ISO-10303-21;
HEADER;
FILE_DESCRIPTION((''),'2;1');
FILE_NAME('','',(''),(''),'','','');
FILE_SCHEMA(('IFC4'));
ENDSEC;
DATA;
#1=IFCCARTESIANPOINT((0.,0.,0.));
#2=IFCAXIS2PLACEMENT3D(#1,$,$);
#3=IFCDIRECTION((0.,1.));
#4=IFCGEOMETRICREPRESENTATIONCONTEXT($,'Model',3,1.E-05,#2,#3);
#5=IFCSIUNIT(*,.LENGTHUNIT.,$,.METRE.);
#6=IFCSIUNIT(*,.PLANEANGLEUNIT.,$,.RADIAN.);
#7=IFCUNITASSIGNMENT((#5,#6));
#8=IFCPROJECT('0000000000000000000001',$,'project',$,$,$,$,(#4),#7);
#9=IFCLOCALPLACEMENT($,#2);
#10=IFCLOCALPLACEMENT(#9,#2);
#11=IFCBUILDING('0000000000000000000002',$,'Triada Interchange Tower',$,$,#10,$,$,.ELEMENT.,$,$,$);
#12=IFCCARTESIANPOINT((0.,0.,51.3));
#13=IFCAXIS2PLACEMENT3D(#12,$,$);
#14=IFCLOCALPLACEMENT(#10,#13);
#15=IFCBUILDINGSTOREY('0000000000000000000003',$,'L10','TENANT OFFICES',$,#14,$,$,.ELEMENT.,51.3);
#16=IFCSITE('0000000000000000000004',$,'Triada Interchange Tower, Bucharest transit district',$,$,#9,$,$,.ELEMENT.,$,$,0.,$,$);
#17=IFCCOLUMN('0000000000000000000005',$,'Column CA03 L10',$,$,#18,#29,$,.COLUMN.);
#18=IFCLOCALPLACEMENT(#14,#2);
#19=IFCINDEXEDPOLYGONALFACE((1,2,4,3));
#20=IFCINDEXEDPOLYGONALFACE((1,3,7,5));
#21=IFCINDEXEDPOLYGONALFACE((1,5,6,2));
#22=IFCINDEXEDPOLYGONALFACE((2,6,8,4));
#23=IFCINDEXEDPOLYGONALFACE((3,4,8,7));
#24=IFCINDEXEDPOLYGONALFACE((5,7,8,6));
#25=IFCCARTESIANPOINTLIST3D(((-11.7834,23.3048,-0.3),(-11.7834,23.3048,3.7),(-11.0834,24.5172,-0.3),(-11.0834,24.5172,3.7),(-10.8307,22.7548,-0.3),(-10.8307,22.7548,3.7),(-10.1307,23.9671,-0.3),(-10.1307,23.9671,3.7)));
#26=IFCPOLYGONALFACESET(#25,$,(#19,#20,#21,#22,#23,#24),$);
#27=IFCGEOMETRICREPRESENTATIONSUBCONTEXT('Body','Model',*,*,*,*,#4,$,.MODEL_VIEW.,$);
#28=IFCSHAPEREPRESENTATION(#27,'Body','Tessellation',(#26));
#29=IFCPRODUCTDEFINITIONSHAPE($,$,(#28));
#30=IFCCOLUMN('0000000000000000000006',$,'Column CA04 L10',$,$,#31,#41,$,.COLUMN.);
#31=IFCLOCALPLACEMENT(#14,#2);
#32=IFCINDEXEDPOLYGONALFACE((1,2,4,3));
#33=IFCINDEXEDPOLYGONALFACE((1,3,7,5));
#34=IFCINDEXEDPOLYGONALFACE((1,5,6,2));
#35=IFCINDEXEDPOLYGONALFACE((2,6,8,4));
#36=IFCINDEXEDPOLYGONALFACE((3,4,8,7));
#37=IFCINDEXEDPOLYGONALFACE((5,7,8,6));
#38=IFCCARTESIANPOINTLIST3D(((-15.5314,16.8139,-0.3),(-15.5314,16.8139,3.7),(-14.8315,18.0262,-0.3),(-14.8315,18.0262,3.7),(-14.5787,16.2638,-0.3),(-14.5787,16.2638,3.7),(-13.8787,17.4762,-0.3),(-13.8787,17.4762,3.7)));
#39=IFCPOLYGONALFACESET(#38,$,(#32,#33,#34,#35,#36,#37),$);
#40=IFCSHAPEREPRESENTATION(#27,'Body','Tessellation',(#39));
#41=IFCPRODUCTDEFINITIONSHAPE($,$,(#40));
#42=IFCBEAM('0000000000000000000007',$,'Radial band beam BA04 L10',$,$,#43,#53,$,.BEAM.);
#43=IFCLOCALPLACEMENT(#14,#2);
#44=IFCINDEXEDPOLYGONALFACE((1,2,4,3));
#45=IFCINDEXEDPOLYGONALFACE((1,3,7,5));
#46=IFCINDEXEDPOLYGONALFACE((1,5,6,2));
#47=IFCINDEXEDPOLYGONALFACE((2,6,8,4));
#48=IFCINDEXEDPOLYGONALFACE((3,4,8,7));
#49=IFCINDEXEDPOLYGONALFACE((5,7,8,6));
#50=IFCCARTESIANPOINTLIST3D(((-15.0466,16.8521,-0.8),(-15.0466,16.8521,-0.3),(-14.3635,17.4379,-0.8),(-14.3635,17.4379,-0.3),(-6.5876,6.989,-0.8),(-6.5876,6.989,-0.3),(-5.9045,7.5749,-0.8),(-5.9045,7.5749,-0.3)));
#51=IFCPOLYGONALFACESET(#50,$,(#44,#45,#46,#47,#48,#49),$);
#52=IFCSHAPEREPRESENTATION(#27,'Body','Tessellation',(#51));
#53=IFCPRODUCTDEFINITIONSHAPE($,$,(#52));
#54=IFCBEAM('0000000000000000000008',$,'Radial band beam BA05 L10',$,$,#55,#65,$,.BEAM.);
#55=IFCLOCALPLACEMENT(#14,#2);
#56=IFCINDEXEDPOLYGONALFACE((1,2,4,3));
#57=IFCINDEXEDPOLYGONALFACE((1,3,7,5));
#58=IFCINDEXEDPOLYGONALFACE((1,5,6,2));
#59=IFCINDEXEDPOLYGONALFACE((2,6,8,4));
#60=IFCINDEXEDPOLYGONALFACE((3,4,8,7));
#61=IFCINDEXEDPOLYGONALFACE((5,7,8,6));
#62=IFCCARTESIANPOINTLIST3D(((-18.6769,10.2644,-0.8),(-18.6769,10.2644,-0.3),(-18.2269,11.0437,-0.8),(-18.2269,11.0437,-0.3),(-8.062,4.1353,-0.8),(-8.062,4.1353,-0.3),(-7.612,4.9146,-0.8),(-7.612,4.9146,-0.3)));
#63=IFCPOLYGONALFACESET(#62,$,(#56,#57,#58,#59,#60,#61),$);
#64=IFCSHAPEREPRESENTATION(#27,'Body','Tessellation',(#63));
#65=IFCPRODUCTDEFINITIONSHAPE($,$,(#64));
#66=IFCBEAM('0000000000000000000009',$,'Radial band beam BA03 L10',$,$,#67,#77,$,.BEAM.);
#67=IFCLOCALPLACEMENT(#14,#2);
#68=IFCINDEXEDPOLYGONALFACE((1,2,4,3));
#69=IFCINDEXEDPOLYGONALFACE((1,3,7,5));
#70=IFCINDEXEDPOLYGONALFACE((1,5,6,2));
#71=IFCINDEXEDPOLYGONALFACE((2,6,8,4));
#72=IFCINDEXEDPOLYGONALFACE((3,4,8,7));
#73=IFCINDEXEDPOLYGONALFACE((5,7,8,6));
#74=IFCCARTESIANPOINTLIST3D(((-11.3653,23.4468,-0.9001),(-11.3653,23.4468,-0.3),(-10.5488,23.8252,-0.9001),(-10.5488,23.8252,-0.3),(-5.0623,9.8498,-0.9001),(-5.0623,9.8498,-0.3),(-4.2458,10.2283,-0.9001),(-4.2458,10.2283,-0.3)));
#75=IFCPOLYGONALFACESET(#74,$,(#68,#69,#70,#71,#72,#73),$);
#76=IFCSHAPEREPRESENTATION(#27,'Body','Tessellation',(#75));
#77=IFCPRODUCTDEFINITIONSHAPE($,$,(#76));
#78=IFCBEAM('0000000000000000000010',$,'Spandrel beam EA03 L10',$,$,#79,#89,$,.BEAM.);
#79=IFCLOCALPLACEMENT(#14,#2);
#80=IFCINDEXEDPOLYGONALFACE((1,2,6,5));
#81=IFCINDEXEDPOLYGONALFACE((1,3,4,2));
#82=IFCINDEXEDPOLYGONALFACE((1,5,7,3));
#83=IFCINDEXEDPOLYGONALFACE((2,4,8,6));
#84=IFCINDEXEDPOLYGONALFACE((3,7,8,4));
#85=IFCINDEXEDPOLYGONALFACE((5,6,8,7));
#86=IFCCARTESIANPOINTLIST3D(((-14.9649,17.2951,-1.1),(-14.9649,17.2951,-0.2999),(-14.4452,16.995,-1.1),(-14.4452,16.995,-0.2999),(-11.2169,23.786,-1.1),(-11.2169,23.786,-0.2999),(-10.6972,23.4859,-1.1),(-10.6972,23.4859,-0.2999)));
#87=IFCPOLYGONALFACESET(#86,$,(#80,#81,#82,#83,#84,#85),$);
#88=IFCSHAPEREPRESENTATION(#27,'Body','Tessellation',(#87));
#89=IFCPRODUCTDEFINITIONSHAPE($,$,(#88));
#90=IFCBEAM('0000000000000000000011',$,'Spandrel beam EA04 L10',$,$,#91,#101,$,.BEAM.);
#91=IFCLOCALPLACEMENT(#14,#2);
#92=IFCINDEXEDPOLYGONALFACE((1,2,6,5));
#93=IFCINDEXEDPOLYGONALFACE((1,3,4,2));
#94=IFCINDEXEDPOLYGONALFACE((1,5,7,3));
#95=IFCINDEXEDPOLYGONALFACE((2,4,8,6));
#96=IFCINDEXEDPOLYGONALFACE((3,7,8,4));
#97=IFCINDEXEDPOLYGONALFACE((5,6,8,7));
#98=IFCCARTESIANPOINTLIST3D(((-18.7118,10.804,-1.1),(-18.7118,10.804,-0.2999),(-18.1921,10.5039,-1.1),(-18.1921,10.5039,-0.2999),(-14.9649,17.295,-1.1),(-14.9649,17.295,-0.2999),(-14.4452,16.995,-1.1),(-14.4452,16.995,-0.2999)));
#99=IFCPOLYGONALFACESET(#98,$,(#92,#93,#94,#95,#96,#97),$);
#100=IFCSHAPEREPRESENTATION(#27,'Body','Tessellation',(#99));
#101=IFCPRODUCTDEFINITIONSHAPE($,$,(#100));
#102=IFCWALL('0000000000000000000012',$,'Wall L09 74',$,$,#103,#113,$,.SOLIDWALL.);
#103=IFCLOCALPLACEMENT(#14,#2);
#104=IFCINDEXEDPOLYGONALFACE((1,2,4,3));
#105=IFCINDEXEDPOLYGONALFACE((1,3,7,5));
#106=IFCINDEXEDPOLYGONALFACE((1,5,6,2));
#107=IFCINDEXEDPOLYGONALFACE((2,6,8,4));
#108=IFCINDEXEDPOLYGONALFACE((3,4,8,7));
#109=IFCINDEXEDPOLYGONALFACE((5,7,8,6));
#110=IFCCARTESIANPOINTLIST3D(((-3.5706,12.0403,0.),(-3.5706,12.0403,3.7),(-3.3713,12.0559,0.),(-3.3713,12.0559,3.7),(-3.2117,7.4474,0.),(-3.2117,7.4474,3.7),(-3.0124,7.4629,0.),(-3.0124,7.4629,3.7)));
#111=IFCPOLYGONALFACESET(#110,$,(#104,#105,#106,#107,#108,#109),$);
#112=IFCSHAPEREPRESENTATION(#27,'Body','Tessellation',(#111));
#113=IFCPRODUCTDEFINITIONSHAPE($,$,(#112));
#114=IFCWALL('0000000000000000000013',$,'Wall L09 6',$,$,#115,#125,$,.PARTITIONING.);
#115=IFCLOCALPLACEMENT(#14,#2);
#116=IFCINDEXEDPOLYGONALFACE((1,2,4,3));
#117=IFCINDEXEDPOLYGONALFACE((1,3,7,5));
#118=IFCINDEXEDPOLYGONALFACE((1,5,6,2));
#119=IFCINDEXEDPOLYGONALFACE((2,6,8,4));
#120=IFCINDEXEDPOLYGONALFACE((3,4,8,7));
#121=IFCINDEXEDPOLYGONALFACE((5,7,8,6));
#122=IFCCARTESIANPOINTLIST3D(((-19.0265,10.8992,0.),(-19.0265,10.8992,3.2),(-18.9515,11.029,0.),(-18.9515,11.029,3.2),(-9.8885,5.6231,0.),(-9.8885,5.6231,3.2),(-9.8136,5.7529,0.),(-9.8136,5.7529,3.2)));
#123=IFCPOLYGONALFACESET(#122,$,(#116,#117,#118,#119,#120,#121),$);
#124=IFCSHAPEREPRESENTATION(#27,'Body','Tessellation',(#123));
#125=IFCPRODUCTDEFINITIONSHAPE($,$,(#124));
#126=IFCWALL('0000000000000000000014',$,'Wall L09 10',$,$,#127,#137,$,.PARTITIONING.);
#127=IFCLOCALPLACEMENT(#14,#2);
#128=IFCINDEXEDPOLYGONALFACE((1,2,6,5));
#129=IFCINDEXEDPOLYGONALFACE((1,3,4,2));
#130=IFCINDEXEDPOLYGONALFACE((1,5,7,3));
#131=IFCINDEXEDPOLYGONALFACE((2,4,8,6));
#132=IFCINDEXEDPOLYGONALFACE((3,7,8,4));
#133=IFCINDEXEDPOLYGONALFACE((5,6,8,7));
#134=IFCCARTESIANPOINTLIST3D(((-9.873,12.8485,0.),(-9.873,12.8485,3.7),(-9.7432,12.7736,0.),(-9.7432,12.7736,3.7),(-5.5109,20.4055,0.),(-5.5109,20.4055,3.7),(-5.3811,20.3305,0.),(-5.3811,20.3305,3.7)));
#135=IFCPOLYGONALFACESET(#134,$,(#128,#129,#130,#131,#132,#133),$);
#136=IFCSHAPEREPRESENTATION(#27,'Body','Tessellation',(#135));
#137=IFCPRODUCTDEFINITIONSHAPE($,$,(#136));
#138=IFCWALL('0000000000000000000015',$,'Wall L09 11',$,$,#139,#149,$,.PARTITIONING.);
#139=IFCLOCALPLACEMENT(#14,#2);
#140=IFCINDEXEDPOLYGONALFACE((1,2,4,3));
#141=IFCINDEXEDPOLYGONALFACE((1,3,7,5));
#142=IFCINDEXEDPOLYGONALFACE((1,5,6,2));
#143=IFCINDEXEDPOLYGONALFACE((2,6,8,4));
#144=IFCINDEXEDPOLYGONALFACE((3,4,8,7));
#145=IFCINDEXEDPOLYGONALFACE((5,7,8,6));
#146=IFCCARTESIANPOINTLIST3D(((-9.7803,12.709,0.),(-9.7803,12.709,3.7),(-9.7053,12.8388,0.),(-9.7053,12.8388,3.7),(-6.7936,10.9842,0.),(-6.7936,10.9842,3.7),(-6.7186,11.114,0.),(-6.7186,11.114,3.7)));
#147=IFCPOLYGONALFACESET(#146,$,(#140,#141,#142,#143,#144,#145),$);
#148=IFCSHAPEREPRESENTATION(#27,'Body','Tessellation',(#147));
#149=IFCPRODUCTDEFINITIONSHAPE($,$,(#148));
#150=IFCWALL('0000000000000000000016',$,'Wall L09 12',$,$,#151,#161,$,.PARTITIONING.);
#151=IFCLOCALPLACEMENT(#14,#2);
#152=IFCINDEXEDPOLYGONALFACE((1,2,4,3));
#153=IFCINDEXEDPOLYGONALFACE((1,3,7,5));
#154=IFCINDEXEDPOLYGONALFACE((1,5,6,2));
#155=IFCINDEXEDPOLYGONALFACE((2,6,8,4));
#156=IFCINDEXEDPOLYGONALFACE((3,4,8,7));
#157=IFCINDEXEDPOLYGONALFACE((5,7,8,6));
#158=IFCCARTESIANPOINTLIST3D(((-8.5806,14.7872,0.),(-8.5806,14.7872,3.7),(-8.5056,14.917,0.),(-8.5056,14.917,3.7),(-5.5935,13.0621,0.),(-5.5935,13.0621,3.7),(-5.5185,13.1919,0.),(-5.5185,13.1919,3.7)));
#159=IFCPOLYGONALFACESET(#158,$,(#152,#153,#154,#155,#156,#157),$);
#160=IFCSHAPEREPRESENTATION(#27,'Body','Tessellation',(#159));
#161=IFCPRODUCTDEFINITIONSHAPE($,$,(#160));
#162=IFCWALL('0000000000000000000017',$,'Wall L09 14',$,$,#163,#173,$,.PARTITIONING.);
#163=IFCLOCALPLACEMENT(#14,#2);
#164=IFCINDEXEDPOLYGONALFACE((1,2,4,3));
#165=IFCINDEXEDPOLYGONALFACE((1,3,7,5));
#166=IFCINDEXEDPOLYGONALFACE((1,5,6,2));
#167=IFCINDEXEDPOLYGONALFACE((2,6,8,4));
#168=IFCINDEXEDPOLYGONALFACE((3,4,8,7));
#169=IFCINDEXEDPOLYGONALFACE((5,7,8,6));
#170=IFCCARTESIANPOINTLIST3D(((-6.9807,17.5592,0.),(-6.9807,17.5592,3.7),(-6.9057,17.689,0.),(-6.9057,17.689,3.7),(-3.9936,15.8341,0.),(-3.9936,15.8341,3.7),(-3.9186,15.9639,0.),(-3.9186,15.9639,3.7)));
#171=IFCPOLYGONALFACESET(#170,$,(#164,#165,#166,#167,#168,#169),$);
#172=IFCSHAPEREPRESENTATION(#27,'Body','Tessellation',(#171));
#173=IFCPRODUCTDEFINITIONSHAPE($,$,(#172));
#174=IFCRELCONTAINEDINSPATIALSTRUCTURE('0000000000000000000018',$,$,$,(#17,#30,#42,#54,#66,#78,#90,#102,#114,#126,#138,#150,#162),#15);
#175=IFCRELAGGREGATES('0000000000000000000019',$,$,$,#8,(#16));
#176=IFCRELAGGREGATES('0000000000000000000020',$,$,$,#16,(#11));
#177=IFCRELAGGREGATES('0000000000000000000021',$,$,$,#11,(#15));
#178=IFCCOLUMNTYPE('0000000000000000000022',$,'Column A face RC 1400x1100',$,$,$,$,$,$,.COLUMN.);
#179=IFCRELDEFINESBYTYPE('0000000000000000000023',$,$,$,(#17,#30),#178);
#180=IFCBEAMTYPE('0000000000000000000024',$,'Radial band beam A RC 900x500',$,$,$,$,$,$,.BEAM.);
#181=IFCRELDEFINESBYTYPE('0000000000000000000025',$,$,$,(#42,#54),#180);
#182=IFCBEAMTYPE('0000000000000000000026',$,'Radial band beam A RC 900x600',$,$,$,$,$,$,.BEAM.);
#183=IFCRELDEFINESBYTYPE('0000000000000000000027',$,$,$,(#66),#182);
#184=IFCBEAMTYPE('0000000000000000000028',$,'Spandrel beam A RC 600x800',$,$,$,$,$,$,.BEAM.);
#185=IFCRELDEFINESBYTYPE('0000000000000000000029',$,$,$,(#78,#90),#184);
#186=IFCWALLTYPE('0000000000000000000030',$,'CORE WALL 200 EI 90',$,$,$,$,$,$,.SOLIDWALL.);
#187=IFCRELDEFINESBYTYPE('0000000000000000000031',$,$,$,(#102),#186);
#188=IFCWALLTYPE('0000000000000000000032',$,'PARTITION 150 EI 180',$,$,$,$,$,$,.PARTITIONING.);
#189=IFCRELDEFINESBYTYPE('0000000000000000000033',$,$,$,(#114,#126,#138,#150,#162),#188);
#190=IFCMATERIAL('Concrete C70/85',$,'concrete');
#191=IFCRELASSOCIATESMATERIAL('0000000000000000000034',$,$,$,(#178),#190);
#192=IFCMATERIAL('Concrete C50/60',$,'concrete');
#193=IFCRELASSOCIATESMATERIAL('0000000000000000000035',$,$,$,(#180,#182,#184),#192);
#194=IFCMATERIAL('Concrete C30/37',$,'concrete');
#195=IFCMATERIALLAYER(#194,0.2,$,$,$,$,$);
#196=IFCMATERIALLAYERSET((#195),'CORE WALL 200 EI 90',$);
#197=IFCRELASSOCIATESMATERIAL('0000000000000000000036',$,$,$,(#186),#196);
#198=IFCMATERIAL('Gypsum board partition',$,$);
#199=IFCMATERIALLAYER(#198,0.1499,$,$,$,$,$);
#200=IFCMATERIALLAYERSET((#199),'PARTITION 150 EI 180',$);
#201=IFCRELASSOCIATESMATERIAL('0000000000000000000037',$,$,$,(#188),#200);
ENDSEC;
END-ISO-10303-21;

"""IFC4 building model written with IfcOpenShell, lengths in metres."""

from ifc_helpers import new_model, si_unit, direction, frame, frame_2d, origin, origin_2d, place, context, subcontext, project, spatial, rectangle, extrude, material, layer, layer_set, material_profile, profile_set, type_object, element, save


model = new_model("IFC4")

# Units and contexts
model_context = context("Model", 3, precision=1e-05, world=origin(), true_north=direction((0.0, 1.0)))
body_context = subcontext(model_context, "Body", "Model", "MODEL_VIEW")
ifc_project = project(units=[si_unit("LENGTHUNIT", "METRE"), si_unit("PLANEANGLEUNIT", "RADIAN")], contexts=[model_context])

# Site, building, storey
site_placement = place(None, origin())
site = spatial("IfcSite", under=ifc_project, at=site_placement, Name="Triada Interchange Tower, Bucharest transit district", CompositionType="ELEMENT", RefElevation=0.0)
building_placement = place(site_placement, origin())
building = spatial("IfcBuilding", under=site, at=building_placement, Name="Triada Interchange Tower", CompositionType="ELEMENT")
storey_placement = place(building_placement, frame((0.0, 0.0, 51.3)))
storey = spatial("IfcBuildingStorey", under=building, at=storey_placement, Name="L10", Description="TENANT OFFICES", CompositionType="ELEMENT", Elevation=51.3)

# Columns
ifc_material_1 = material(Name="Concrete C70/85", Category="concrete")
ifc_material_profile_1 = material_profile(ifc_material_1, rectangle(XDim=1.3999, YDim=1.1001, at=origin_2d()), Name="RC 1400x1100")
ifc_profile_set_1 = profile_set([ifc_material_profile_1], Name="Concrete C70/85")
column_type = type_object("IfcColumnType", Name="Column A face RC 1400x1100", PredefinedType="COLUMN", material=ifc_profile_set_1)
for number, where, z_axis, x_axis, name in (
    (1, (-10.957, 23.636, -0.3), (0.0, 0.0, 1.0), (0.5, 0.866025, 0.0), "Column CA03 L10"),
    (2, (-14.7051, 17.145, -0.3), (0.0, 0.0, 1.0), (0.5, 0.866025, 0.0), "Column CA04 L10"),
):
    element("IfcColumn", number, at=place(storey_placement, frame(where, z_axis=z_axis, x_axis=x_axis)), inside=storey, type_object=column_type, Name=name, PredefinedType="COLUMN", context=body_context, shape_type="SweptSolid", body=[
        extrude(rectangle(XDim=1.3999, YDim=1.1001, at=origin_2d()), origin(), (0.0, 0.0, 1.0), 4.0),
    ])

# Beams
ifc_material_2 = material(Name="Concrete C50/60", Category="concrete")
ifc_material_profile_2 = material_profile(ifc_material_2, rectangle(XDim=0.8999, YDim=0.5, at=origin_2d()), Name="RC 900x500")
ifc_profile_set_2 = profile_set([ifc_material_profile_2], Name="Concrete C50/60")
beam_type_1 = type_object("IfcBeamType", Name="Radial band beam A RC 900x500", PredefinedType="BEAM", material=ifc_profile_set_2)
beam_1_placement = place(storey_placement, frame((-14.7051, 17.145, -0.55), z_axis=(0.651011, -0.759068, 0.0), x_axis=(0.759068, 0.651011, 0.0)))
element("IfcBeam", 3, at=beam_1_placement, inside=storey, type_object=beam_type_1, Name="Radial band beam BA04 L10", PredefinedType="BEAM", context=body_context, shape_type="SweptSolid", body=[
    extrude(rectangle(XDim=0.8999, YDim=0.5, at=origin_2d()), origin(), (0.0, 0.0, 1.0), 12.9937),
])
beam_2_placement = place(storey_placement, frame((-18.4519, 10.6541, -0.55), z_axis=(0.866005, -0.500036, 0.0), x_axis=(0.500036, 0.866005, 0.0)))
element("IfcBeam", 4, at=beam_2_placement, inside=storey, type_object=beam_type_1, Name="Radial band beam BA05 L10", PredefinedType="BEAM", context=body_context, shape_type="SweptSolid", body=[
    extrude(rectangle(XDim=0.8999, YDim=0.5, at=origin_2d()), origin(), (0.0, 0.0, 1.0), 12.2573),
])
ifc_material_profile_3 = material_profile(ifc_material_2, rectangle(XDim=0.8999, YDim=0.6001, at=origin_2d()), Name="RC 900x600")
ifc_profile_set_3 = profile_set([ifc_material_profile_3], Name="Concrete C50/60")
beam_type_2 = type_object("IfcBeamType", Name="Radial band beam A RC 900x600", PredefinedType="BEAM", material=ifc_profile_set_3)
beam_3_placement = place(storey_placement, frame((-10.957, 23.636, -0.6001), z_axis=(0.420569, -0.907261, 0.0), x_axis=(0.907261, 0.420569, 0.0)))
element("IfcBeam", 5, at=beam_3_placement, inside=storey, type_object=beam_type_2, Name="Radial band beam BA03 L10", PredefinedType="BEAM", context=body_context, shape_type="SweptSolid", body=[
    extrude(rectangle(XDim=0.8999, YDim=0.6001, at=origin_2d()), origin(), (0.0, 0.0, 1.0), 14.9868),
])
ifc_material_profile_4 = material_profile(ifc_material_2, rectangle(XDim=0.6001, YDim=0.8, at=origin_2d()), Name="RC 600x800")
ifc_profile_set_4 = profile_set([ifc_material_profile_4], Name="Concrete C50/60")
beam_type_3 = type_object("IfcBeamType", Name="Spandrel beam A RC 600x800", PredefinedType="BEAM", material=ifc_profile_set_4)
beam_4_placement = place(storey_placement, frame((-10.957, 23.636, -0.7), z_axis=(-0.500049, -0.865997, 0.0), x_axis=(0.865997, -0.500049, 0.0)))
element("IfcBeam", 6, at=beam_4_placement, inside=storey, type_object=beam_type_3, Name="Spandrel beam EA03 L10", PredefinedType="BEAM", context=body_context, shape_type="SweptSolid", body=[
    extrude(rectangle(XDim=0.6001, YDim=0.8, at=origin_2d()), origin(), (0.0, 0.0, 1.0), 7.4954),
])
beam_5_placement = place(storey_placement, frame((-14.7051, 17.145, -0.7), z_axis=(-0.499926, -0.866068, 0.0), x_axis=(0.866068, -0.499926, 0.0)))
element("IfcBeam", 7, at=beam_5_placement, inside=storey, type_object=beam_type_3, Name="Spandrel beam EA04 L10", PredefinedType="BEAM", context=body_context, shape_type="SweptSolid", body=[
    extrude(rectangle(XDim=0.6001, YDim=0.8, at=origin_2d()), origin(), (0.0, 0.0, 1.0), 7.4949),
])

# Wall
ifc_material_3 = material(Name="Concrete C30/37", Category="concrete")
ifc_layer_1 = layer(ifc_material_3, 0.2)
ifc_layer_set_1 = layer_set([ifc_layer_1], Name="CORE WALL 200 EI 90")
wall_type_1 = type_object("IfcWallType", Name="CORE WALL 200 EI 90", PredefinedType="SOLIDWALL", material=ifc_layer_set_1)
wall_1_placement = place(storey_placement, frame((-3.4709, 12.0481, 0.0), z_axis=(0.0, 0.0, 1.0), x_axis=(0.0779, -0.996961, 0.0)))
element("IfcWall", 8, at=wall_1_placement, inside=storey, type_object=wall_type_1, Name="Wall L09 74", PredefinedType="SOLIDWALL", context=body_context, shape_type="SweptSolid", body=[
    extrude(rectangle(XDim=4.6069, YDim=0.2, at=frame_2d((2.3035, 0.0))), origin(), (0.0, 0.0, 1.0), 3.7),
])

# Walls
ifc_material_4 = material(Name="Gypsum board partition")
ifc_layer_2 = layer(ifc_material_4, 0.1499)
ifc_layer_set_2 = layer_set([ifc_layer_2], Name="PARTITION 150 EI 180")
wall_type_2 = type_object("IfcWallType", Name="PARTITION 150 EI 180", PredefinedType="PARTITIONING", material=ifc_layer_set_2)
wall_2_placement = place(storey_placement, frame((-18.989, 10.9641, 0.0), z_axis=(0.0, 0.0, 1.0), x_axis=(0.866012, -0.500024, 0.0)))
element("IfcWall", 9, at=wall_2_placement, inside=storey, type_object=wall_type_2, Name="Wall L09 6", PredefinedType="PARTITIONING", context=body_context, shape_type="SweptSolid", body=[
    extrude(rectangle(XDim=10.5518, YDim=0.1499, at=frame_2d((5.2759, 0.0))), origin(), (0.0, 0.0, 1.0), 3.2),
])
wall_3_placement = place(storey_placement, frame((-9.8081, 12.811, 0.0), z_axis=(0.0, 0.0, 1.0), x_axis=(0.499922, 0.866071, 0.0)))
element("IfcWall", 10, at=wall_3_placement, inside=storey, type_object=wall_type_2, Name="Wall L09 10", PredefinedType="PARTITIONING", context=body_context, shape_type="SweptSolid", body=[
    extrude(rectangle(XDim=8.7256, YDim=0.1499, at=frame_2d((4.3628, 0.0))), origin(), (0.0, 0.0, 1.0), 3.7),
])
wall_4_placement = place(storey_placement, frame((-9.7429, 12.7739, 0.0), z_axis=(0.0, 0.0, 1.0), x_axis=(0.865973, -0.50009, 0.0)))
element("IfcWall", 11, at=wall_4_placement, inside=storey, type_object=wall_type_2, Name="Wall L09 11", PredefinedType="PARTITIONING", context=body_context, shape_type="SweptSolid", body=[
    extrude(rectangle(XDim=3.449, YDim=0.1499, at=frame_2d((1.7246, 0.0))), origin(), (0.0, 0.0, 1.0), 3.7),
])
for number, where, z_axis, x_axis, name in (
    (12, (-8.543, 14.8521, 0.0), (0.0, 0.0, 1.0), (0.86596, -0.500113, 0.0), "Wall L09 12"),
    (13, (-6.9431, 17.624, 0.0), (0.0, 0.0, 1.0), (0.86596, -0.500113, 0.0), "Wall L09 14"),
):
    element("IfcWall", number, at=place(storey_placement, frame(where, z_axis=z_axis, x_axis=x_axis)), inside=storey, type_object=wall_type_2, Name=name, PredefinedType="PARTITIONING", context=body_context, shape_type="SweptSolid", body=[
        extrude(rectangle(XDim=3.4495, YDim=0.1499, at=frame_2d((1.7246, 0.0))), origin(), (0.0, 0.0, 1.0), 3.7),
    ])

save(model, "model.ifc")
